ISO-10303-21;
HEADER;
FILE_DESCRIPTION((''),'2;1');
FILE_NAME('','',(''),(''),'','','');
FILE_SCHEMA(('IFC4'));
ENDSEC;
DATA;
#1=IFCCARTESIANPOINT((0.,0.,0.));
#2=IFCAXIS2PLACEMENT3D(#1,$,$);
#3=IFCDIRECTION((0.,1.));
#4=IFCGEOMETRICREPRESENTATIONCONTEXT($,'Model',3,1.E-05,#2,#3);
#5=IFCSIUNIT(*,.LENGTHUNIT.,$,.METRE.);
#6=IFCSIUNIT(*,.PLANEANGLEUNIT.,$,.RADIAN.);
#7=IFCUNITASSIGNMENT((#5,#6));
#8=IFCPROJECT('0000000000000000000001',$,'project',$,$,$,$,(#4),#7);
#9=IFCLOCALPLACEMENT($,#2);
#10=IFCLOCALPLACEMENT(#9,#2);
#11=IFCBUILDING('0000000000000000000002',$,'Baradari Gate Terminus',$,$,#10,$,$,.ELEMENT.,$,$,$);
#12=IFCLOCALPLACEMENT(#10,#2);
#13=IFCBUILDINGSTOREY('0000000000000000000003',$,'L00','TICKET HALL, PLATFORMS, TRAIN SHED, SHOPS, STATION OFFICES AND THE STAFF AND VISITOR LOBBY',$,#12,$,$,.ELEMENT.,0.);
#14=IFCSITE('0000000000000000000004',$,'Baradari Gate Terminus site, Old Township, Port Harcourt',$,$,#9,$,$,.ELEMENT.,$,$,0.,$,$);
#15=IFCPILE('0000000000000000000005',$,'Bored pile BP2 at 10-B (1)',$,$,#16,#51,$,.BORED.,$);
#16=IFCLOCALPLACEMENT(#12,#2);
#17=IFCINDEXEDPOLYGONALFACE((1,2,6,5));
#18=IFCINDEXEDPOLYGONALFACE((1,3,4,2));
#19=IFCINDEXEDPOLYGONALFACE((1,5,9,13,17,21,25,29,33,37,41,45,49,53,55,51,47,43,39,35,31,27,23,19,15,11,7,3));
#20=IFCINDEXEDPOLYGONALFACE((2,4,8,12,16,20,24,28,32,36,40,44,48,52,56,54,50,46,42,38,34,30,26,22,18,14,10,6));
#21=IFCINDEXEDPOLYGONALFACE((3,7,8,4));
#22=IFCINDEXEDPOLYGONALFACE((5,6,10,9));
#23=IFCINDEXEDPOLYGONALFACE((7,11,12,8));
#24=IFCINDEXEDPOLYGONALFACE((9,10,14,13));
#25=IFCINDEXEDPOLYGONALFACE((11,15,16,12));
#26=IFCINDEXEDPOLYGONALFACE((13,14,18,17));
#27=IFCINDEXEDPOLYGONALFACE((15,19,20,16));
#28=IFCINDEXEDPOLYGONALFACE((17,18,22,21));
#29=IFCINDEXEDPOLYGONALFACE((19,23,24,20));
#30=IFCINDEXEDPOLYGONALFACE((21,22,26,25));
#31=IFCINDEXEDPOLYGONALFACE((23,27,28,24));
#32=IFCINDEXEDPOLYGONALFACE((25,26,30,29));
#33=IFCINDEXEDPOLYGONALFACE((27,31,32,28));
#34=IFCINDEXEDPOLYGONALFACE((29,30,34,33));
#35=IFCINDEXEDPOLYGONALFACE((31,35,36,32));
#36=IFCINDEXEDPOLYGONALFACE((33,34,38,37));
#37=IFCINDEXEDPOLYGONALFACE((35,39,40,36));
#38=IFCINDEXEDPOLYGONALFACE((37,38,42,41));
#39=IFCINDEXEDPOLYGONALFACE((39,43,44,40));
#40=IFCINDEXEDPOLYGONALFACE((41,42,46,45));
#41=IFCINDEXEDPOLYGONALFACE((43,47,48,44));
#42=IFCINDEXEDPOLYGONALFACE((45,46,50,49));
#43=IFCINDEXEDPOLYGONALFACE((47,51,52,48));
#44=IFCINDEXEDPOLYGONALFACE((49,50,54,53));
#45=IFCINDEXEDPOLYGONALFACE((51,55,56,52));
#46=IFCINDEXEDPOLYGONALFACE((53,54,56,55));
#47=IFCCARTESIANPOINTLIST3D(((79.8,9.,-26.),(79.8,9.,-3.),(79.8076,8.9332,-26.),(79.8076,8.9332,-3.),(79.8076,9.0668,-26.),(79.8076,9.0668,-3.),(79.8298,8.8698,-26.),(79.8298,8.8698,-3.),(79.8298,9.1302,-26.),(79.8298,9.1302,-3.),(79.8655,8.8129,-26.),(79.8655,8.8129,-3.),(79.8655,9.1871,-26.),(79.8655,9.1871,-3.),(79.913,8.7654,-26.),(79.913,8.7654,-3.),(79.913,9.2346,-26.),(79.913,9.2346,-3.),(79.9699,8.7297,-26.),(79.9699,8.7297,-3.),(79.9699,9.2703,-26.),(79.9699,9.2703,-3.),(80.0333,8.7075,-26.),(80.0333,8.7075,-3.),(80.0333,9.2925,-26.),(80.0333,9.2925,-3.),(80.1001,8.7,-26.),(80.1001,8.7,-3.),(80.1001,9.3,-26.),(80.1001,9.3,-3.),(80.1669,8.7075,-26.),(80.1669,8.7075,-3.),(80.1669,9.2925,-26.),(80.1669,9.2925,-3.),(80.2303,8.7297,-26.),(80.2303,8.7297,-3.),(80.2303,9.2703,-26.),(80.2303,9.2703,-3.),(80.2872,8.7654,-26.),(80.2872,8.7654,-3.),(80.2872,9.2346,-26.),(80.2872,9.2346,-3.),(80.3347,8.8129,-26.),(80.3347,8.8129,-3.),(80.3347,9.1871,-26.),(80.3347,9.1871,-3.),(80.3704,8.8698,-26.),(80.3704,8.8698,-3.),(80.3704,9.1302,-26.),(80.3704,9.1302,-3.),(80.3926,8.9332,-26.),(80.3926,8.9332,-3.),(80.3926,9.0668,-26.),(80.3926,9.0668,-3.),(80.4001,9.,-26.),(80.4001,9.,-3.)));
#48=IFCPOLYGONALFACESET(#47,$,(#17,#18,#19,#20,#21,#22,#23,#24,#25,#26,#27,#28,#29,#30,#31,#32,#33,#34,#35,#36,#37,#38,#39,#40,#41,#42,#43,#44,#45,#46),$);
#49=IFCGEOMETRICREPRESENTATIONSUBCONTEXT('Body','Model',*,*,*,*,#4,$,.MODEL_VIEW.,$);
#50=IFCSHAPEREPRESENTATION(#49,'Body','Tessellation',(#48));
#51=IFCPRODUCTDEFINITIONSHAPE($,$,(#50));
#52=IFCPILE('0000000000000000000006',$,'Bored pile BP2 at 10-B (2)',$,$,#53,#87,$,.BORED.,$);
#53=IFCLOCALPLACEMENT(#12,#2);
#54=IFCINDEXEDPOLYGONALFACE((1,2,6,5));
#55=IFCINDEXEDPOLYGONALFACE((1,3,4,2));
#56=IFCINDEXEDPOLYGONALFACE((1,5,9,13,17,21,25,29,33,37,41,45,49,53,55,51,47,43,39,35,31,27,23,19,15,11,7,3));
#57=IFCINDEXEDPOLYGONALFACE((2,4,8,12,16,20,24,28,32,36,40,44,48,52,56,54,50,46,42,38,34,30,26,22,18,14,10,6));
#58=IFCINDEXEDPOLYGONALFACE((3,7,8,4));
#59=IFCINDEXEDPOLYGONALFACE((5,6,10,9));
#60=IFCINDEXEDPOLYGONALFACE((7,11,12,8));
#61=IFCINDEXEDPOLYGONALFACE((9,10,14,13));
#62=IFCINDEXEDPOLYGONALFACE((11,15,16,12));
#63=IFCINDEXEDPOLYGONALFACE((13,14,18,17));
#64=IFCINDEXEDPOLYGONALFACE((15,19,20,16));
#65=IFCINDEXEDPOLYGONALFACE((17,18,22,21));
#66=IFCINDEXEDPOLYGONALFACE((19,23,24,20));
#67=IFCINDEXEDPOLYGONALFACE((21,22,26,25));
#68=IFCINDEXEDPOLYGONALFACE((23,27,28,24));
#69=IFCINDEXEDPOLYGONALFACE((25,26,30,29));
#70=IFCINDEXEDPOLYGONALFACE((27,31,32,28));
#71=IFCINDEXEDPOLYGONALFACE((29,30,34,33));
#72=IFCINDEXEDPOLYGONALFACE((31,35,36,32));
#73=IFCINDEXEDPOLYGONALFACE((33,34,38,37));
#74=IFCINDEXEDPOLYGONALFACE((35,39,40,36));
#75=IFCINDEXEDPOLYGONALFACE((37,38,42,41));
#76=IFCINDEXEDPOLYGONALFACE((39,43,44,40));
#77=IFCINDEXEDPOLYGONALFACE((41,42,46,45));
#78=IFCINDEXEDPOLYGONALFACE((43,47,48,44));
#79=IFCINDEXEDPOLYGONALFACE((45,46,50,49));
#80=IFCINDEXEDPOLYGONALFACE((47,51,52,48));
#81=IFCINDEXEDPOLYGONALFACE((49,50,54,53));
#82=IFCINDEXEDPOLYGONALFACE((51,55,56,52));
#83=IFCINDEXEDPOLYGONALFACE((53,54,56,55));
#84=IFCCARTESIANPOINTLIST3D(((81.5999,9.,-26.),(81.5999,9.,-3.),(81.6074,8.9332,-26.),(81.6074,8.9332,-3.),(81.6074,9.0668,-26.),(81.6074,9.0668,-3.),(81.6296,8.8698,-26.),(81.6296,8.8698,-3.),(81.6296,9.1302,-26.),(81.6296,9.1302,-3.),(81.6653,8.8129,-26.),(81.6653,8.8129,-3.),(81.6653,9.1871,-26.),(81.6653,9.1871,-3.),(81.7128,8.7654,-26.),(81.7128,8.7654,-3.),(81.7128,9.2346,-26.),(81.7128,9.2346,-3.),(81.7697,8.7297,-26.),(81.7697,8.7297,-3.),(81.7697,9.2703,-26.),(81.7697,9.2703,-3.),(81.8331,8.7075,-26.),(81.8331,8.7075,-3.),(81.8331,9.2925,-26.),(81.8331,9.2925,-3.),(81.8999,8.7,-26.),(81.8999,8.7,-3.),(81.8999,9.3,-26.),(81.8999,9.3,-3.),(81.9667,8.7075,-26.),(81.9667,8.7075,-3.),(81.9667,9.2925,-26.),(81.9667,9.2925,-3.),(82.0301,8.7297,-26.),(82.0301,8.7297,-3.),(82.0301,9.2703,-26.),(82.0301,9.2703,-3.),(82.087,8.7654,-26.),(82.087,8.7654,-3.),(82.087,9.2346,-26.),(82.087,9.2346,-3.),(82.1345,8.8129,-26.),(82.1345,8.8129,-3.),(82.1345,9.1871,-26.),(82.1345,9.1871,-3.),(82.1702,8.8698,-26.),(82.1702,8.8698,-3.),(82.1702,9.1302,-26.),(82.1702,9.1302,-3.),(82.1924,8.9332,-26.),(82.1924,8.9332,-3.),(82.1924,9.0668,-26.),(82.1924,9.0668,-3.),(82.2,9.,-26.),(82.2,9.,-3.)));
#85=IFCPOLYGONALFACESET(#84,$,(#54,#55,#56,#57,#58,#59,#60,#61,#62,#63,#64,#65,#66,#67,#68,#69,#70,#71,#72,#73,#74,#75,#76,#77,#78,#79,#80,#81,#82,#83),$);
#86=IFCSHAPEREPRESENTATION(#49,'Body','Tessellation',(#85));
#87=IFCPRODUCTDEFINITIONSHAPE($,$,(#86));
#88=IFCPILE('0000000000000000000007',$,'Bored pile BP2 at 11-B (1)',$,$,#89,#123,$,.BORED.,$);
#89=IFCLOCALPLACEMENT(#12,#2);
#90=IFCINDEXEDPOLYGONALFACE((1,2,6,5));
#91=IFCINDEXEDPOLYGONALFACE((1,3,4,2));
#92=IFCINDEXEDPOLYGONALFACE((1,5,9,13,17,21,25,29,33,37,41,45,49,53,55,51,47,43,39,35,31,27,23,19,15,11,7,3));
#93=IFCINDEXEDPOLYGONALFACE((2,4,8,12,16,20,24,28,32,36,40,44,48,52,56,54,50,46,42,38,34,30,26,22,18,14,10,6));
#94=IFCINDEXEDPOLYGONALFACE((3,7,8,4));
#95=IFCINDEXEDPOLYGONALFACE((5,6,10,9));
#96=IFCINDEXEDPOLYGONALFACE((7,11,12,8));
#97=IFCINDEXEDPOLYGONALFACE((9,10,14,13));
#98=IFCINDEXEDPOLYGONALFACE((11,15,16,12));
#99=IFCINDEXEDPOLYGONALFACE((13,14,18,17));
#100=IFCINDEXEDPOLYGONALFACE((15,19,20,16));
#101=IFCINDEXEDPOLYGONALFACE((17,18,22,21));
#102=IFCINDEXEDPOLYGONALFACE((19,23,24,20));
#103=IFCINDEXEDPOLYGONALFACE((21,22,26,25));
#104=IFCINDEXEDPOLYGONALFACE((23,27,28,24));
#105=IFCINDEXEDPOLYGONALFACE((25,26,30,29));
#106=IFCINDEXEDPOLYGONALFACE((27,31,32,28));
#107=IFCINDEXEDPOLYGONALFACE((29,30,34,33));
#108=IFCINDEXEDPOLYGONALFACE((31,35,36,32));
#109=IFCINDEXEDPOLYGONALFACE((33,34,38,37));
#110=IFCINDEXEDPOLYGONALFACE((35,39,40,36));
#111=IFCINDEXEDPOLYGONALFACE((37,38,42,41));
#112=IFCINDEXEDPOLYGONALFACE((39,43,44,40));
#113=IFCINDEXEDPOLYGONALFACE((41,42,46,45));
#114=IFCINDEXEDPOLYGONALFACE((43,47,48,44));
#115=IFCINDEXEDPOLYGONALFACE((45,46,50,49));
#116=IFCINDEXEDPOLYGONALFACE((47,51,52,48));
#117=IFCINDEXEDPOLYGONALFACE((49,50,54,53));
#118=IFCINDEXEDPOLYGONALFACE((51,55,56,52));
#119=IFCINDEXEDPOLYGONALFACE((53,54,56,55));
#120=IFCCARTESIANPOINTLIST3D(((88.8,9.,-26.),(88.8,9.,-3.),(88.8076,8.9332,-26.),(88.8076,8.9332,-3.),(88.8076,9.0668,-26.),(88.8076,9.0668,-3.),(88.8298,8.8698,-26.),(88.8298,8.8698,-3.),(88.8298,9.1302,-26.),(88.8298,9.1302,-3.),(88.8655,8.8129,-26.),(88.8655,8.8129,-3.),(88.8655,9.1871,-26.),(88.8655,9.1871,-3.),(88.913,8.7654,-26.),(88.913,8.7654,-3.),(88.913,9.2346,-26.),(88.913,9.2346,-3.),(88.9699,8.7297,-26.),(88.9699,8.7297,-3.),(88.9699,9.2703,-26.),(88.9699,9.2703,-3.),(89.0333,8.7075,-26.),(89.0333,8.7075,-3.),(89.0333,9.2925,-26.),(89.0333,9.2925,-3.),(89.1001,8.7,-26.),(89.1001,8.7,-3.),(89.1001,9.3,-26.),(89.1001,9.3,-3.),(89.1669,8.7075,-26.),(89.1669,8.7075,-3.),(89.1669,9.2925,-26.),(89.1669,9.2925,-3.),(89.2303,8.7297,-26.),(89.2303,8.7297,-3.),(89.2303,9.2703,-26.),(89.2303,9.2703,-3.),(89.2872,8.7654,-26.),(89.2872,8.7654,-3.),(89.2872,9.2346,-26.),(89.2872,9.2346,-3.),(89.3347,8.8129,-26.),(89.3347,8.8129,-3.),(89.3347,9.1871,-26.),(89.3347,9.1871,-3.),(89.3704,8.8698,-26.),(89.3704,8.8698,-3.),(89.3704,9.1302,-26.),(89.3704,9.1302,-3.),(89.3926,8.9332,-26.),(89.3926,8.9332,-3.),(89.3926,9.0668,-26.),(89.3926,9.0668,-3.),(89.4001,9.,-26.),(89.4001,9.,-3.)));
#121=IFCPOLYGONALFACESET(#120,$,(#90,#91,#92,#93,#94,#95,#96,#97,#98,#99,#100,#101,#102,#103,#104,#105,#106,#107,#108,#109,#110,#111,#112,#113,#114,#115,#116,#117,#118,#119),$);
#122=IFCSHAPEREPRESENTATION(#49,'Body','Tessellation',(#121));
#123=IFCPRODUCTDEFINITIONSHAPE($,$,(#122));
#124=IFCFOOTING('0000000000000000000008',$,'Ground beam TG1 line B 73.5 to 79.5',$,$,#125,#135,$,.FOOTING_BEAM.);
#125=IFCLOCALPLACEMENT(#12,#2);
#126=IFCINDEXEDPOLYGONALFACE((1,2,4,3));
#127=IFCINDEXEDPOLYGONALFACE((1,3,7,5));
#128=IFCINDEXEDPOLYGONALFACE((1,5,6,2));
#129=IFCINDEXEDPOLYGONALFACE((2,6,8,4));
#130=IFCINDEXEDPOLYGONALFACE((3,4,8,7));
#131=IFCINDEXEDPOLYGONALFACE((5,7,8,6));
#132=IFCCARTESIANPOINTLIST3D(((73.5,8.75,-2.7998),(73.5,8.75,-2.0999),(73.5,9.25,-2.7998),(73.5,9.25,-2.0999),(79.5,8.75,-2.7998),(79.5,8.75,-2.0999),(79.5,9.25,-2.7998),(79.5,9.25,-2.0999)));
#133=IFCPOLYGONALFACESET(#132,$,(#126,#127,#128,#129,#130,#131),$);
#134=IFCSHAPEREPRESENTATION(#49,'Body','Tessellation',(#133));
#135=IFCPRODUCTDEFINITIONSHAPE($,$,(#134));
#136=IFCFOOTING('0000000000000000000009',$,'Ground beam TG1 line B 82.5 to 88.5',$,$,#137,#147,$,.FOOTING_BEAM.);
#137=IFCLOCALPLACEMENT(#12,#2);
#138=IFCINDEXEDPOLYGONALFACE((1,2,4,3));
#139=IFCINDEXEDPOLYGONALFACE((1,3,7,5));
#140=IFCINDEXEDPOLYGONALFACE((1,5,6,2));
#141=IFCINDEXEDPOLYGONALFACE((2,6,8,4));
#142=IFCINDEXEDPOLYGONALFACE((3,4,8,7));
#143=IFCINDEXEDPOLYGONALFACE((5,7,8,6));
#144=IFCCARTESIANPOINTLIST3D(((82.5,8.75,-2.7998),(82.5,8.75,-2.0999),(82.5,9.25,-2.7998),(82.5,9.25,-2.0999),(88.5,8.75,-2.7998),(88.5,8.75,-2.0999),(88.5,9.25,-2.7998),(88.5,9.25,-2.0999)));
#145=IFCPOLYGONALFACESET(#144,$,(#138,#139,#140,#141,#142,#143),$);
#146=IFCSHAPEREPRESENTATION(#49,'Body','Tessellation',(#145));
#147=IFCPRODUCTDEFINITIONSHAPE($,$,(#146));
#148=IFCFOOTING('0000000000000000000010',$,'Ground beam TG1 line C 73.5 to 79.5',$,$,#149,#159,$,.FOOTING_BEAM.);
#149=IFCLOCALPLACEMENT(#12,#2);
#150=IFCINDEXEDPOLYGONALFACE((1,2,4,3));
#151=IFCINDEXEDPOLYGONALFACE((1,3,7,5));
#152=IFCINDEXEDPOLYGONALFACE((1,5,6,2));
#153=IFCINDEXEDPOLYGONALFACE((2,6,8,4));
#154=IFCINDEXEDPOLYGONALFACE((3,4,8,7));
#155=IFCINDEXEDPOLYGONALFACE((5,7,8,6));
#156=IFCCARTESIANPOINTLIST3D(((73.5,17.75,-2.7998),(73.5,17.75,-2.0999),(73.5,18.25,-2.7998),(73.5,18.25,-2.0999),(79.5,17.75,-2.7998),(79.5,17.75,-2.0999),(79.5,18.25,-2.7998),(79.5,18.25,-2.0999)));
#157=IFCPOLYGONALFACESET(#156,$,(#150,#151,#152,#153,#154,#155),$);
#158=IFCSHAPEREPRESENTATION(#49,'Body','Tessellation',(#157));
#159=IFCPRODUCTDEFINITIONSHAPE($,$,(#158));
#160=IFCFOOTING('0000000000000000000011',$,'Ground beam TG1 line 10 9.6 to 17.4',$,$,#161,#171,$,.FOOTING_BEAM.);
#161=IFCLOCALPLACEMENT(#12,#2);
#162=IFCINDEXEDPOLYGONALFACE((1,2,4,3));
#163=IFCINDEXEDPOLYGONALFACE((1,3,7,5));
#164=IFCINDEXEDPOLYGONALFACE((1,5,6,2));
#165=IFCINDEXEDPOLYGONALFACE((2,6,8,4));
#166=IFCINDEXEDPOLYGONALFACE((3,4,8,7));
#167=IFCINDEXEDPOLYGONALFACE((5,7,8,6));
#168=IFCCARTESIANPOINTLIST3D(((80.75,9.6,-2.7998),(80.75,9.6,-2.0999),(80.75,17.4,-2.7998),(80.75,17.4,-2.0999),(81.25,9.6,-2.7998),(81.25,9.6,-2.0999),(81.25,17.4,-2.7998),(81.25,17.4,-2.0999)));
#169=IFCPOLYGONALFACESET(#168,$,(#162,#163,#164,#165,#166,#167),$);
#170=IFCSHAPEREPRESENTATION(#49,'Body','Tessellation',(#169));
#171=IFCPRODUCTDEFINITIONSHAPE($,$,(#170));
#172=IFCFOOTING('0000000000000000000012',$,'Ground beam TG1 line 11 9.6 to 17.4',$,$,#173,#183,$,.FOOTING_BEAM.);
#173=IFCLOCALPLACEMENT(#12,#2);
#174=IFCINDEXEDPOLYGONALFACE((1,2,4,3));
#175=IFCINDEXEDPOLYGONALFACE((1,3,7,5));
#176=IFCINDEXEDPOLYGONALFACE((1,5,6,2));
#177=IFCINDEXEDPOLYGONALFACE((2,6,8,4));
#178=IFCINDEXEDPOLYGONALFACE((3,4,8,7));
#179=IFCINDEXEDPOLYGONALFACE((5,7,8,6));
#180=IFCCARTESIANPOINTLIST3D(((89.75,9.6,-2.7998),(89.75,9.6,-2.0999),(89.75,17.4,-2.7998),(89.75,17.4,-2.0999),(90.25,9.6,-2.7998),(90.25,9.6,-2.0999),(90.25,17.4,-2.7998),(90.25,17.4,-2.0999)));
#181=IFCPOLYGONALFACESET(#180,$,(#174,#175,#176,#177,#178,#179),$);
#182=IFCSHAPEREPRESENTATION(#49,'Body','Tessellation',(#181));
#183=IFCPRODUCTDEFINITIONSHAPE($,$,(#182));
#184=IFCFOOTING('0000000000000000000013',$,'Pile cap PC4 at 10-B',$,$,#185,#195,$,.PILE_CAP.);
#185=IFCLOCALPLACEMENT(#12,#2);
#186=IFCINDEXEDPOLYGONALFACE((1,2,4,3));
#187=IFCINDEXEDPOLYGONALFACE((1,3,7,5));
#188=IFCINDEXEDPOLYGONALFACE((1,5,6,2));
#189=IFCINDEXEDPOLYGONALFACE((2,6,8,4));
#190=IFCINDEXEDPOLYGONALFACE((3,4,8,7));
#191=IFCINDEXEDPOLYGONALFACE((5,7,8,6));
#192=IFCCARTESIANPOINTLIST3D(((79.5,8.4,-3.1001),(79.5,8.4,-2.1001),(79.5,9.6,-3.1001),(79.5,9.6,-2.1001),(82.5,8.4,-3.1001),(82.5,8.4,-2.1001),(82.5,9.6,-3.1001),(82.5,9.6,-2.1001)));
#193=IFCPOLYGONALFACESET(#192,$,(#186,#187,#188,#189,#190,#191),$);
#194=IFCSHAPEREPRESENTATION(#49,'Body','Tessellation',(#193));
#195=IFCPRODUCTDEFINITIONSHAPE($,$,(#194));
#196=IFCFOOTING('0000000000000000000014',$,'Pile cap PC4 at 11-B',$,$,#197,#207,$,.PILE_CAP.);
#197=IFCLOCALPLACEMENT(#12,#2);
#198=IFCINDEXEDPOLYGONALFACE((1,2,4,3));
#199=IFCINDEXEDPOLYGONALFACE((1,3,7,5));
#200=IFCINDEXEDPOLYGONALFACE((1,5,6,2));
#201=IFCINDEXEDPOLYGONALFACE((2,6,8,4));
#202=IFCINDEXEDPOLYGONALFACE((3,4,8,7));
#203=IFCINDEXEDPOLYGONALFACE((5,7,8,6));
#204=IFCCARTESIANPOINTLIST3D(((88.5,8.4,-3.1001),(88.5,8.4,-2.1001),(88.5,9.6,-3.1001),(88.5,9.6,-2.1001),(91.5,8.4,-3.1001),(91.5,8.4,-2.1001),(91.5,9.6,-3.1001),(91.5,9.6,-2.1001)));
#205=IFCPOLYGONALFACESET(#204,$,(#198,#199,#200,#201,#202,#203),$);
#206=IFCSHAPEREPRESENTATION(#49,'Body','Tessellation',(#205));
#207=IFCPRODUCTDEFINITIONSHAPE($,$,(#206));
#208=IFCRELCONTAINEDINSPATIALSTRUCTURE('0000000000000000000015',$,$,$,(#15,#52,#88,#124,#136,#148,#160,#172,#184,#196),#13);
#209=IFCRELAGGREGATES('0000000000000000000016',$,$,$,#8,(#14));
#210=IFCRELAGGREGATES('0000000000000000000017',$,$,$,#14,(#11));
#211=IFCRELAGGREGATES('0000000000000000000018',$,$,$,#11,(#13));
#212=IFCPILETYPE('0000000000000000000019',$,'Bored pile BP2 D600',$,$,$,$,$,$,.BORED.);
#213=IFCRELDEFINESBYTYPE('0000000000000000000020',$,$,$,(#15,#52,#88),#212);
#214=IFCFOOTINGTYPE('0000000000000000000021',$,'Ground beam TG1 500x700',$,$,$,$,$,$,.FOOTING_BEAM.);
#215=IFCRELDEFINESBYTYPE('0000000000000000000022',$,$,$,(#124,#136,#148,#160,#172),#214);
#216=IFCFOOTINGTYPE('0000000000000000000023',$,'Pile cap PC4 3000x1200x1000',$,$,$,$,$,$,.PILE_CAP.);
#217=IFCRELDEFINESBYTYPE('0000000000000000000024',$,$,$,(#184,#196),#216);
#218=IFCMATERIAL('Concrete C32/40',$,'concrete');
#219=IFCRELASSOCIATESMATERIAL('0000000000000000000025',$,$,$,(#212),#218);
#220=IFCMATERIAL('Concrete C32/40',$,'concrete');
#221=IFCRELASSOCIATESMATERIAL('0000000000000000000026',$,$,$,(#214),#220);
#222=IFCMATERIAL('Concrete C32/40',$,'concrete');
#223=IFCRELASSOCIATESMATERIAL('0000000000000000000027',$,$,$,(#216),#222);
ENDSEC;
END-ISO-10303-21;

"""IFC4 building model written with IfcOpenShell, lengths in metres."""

from ifc_helpers import new_model, si_unit, direction, frame, origin, origin_2d, place, context, subcontext, project, spatial, rectangle, circle, extrude, material, type_object, element, save


model = new_model("IFC4")

# Units and contexts
model_context = context("Model", 3, precision=1e-05, world=origin(), true_north=direction((0.0, 1.0)))
body_context = subcontext(model_context, "Body", "Model", "MODEL_VIEW")
ifc_project = project(units=[si_unit("LENGTHUNIT", "METRE"), si_unit("PLANEANGLEUNIT", "RADIAN")], contexts=[model_context])

# Site, building, storey
site_placement = place(None, origin())
site = spatial("IfcSite", under=ifc_project, at=site_placement, Name="Baradari Gate Terminus site, Old Township, Port Harcourt", CompositionType="ELEMENT", RefElevation=0.0)
building_placement = place(site_placement, origin())
building = spatial("IfcBuilding", under=site, at=building_placement, Name="Baradari Gate Terminus", CompositionType="ELEMENT")
storey_placement = place(building_placement, origin())
storey = spatial("IfcBuildingStorey", under=building, at=storey_placement, Name="L00", Description="TICKET HALL, PLATFORMS, TRAIN SHED, SHOPS, STATION OFFICES AND THE STAFF AND VISITOR LOBBY", CompositionType="ELEMENT", Elevation=0.0)

# Piles
ifc_material_1 = material(Name="Concrete C32/40", Category="concrete")
pile_type = type_object("IfcPileType", Name="Bored pile BP2 D600", PredefinedType="BORED", material=ifc_material_1)
for number, where, z_axis, x_axis, name in (
    (1, (80.1001, 9.0, -3.0), (0.0, 0.0, -1.0), (1.0, 0.0, 0.0), "Bored pile BP2 at 10-B (1)"),
    (2, (81.8999, 9.0, -3.0), (0.0, 0.0, -1.0), (1.0, 0.0, 0.0), "Bored pile BP2 at 10-B (2)"),
    (3, (89.1001, 9.0, -3.0), (0.0, 0.0, -1.0), (1.0, 0.0, 0.0), "Bored pile BP2 at 11-B (1)"),
):
    element("IfcPile", number, at=place(storey_placement, frame(where, z_axis=z_axis, x_axis=x_axis)), inside=storey, type_object=pile_type, Name=name, PredefinedType="BORED", context=body_context, shape_type="SweptSolid", body=[
        extrude(circle(Radius=0.3, at=origin_2d()), origin(), (0.0, 0.0, 1.0), 23.0),
    ])

# Footings
ifc_material_2 = material(Name="Concrete C32/40", Category="concrete")
footing_type_1 = type_object("IfcFootingType", Name="Ground beam TG1 500x700", PredefinedType="FOOTING_BEAM", material=ifc_material_2)
for number, where, z_axis, x_axis, name in (
    (4, (76.5, 9.0, -2.7998), (0.0, 0.0, 1.0), (1.0, 0.0, 0.0), "Ground beam TG1 line B 73.5 to 79.5"),
    (5, (85.5, 9.0, -2.7998), (0.0, 0.0, 1.0), (1.0, 0.0, 0.0), "Ground beam TG1 line B 82.5 to 88.5"),
    (6, (76.5, 18.0, -2.7998), (0.0, 0.0, 1.0), (1.0, 0.0, 0.0), "Ground beam TG1 line C 73.5 to 79.5"),
):
    element("IfcFooting", number, at=place(storey_placement, frame(where, z_axis=z_axis, x_axis=x_axis)), inside=storey, type_object=footing_type_1, Name=name, PredefinedType="FOOTING_BEAM", context=body_context, shape_type="SweptSolid", body=[
        extrude(rectangle(XDim=6.0, YDim=0.5, at=origin_2d()), origin(), (0.0, 0.0, 1.0), 0.7),
    ])
for number, where, z_axis, x_axis, name in (
    (7, (81.0, 13.5, -2.7998), (0.0, 0.0, 1.0), (1.0, 0.0, 0.0), "Ground beam TG1 line 10 9.6 to 17.4"),
    (8, (90.0, 13.5, -2.7998), (0.0, 0.0, 1.0), (1.0, 0.0, 0.0), "Ground beam TG1 line 11 9.6 to 17.4"),
):
    element("IfcFooting", number, at=place(storey_placement, frame(where, z_axis=z_axis, x_axis=x_axis)), inside=storey, type_object=footing_type_1, Name=name, PredefinedType="FOOTING_BEAM", context=body_context, shape_type="SweptSolid", body=[
        extrude(rectangle(XDim=0.5, YDim=7.8, at=origin_2d()), origin(), (0.0, 0.0, 1.0), 0.7),
    ])
ifc_material_3 = material(Name="Concrete C32/40", Category="concrete")
footing_type_2 = type_object("IfcFootingType", Name="Pile cap PC4 3000x1200x1000", PredefinedType="PILE_CAP", material=ifc_material_3)
for number, where, z_axis, x_axis, name in (
    (9, (81.0, 9.0, -3.1001), (0.0, 0.0, 1.0), (1.0, 0.0, 0.0), "Pile cap PC4 at 10-B"),
    (10, (90.0, 9.0, -3.1001), (0.0, 0.0, 1.0), (1.0, 0.0, 0.0), "Pile cap PC4 at 11-B"),
):
    element("IfcFooting", number, at=place(storey_placement, frame(where, z_axis=z_axis, x_axis=x_axis)), inside=storey, type_object=footing_type_2, Name=name, PredefinedType="PILE_CAP", context=body_context, shape_type="SweptSolid", body=[
        extrude(rectangle(XDim=3.0, YDim=1.2, at=origin_2d()), origin(), (0.0, 0.0, 1.0), 1.0),
    ])

save(model, "model.ifc")
